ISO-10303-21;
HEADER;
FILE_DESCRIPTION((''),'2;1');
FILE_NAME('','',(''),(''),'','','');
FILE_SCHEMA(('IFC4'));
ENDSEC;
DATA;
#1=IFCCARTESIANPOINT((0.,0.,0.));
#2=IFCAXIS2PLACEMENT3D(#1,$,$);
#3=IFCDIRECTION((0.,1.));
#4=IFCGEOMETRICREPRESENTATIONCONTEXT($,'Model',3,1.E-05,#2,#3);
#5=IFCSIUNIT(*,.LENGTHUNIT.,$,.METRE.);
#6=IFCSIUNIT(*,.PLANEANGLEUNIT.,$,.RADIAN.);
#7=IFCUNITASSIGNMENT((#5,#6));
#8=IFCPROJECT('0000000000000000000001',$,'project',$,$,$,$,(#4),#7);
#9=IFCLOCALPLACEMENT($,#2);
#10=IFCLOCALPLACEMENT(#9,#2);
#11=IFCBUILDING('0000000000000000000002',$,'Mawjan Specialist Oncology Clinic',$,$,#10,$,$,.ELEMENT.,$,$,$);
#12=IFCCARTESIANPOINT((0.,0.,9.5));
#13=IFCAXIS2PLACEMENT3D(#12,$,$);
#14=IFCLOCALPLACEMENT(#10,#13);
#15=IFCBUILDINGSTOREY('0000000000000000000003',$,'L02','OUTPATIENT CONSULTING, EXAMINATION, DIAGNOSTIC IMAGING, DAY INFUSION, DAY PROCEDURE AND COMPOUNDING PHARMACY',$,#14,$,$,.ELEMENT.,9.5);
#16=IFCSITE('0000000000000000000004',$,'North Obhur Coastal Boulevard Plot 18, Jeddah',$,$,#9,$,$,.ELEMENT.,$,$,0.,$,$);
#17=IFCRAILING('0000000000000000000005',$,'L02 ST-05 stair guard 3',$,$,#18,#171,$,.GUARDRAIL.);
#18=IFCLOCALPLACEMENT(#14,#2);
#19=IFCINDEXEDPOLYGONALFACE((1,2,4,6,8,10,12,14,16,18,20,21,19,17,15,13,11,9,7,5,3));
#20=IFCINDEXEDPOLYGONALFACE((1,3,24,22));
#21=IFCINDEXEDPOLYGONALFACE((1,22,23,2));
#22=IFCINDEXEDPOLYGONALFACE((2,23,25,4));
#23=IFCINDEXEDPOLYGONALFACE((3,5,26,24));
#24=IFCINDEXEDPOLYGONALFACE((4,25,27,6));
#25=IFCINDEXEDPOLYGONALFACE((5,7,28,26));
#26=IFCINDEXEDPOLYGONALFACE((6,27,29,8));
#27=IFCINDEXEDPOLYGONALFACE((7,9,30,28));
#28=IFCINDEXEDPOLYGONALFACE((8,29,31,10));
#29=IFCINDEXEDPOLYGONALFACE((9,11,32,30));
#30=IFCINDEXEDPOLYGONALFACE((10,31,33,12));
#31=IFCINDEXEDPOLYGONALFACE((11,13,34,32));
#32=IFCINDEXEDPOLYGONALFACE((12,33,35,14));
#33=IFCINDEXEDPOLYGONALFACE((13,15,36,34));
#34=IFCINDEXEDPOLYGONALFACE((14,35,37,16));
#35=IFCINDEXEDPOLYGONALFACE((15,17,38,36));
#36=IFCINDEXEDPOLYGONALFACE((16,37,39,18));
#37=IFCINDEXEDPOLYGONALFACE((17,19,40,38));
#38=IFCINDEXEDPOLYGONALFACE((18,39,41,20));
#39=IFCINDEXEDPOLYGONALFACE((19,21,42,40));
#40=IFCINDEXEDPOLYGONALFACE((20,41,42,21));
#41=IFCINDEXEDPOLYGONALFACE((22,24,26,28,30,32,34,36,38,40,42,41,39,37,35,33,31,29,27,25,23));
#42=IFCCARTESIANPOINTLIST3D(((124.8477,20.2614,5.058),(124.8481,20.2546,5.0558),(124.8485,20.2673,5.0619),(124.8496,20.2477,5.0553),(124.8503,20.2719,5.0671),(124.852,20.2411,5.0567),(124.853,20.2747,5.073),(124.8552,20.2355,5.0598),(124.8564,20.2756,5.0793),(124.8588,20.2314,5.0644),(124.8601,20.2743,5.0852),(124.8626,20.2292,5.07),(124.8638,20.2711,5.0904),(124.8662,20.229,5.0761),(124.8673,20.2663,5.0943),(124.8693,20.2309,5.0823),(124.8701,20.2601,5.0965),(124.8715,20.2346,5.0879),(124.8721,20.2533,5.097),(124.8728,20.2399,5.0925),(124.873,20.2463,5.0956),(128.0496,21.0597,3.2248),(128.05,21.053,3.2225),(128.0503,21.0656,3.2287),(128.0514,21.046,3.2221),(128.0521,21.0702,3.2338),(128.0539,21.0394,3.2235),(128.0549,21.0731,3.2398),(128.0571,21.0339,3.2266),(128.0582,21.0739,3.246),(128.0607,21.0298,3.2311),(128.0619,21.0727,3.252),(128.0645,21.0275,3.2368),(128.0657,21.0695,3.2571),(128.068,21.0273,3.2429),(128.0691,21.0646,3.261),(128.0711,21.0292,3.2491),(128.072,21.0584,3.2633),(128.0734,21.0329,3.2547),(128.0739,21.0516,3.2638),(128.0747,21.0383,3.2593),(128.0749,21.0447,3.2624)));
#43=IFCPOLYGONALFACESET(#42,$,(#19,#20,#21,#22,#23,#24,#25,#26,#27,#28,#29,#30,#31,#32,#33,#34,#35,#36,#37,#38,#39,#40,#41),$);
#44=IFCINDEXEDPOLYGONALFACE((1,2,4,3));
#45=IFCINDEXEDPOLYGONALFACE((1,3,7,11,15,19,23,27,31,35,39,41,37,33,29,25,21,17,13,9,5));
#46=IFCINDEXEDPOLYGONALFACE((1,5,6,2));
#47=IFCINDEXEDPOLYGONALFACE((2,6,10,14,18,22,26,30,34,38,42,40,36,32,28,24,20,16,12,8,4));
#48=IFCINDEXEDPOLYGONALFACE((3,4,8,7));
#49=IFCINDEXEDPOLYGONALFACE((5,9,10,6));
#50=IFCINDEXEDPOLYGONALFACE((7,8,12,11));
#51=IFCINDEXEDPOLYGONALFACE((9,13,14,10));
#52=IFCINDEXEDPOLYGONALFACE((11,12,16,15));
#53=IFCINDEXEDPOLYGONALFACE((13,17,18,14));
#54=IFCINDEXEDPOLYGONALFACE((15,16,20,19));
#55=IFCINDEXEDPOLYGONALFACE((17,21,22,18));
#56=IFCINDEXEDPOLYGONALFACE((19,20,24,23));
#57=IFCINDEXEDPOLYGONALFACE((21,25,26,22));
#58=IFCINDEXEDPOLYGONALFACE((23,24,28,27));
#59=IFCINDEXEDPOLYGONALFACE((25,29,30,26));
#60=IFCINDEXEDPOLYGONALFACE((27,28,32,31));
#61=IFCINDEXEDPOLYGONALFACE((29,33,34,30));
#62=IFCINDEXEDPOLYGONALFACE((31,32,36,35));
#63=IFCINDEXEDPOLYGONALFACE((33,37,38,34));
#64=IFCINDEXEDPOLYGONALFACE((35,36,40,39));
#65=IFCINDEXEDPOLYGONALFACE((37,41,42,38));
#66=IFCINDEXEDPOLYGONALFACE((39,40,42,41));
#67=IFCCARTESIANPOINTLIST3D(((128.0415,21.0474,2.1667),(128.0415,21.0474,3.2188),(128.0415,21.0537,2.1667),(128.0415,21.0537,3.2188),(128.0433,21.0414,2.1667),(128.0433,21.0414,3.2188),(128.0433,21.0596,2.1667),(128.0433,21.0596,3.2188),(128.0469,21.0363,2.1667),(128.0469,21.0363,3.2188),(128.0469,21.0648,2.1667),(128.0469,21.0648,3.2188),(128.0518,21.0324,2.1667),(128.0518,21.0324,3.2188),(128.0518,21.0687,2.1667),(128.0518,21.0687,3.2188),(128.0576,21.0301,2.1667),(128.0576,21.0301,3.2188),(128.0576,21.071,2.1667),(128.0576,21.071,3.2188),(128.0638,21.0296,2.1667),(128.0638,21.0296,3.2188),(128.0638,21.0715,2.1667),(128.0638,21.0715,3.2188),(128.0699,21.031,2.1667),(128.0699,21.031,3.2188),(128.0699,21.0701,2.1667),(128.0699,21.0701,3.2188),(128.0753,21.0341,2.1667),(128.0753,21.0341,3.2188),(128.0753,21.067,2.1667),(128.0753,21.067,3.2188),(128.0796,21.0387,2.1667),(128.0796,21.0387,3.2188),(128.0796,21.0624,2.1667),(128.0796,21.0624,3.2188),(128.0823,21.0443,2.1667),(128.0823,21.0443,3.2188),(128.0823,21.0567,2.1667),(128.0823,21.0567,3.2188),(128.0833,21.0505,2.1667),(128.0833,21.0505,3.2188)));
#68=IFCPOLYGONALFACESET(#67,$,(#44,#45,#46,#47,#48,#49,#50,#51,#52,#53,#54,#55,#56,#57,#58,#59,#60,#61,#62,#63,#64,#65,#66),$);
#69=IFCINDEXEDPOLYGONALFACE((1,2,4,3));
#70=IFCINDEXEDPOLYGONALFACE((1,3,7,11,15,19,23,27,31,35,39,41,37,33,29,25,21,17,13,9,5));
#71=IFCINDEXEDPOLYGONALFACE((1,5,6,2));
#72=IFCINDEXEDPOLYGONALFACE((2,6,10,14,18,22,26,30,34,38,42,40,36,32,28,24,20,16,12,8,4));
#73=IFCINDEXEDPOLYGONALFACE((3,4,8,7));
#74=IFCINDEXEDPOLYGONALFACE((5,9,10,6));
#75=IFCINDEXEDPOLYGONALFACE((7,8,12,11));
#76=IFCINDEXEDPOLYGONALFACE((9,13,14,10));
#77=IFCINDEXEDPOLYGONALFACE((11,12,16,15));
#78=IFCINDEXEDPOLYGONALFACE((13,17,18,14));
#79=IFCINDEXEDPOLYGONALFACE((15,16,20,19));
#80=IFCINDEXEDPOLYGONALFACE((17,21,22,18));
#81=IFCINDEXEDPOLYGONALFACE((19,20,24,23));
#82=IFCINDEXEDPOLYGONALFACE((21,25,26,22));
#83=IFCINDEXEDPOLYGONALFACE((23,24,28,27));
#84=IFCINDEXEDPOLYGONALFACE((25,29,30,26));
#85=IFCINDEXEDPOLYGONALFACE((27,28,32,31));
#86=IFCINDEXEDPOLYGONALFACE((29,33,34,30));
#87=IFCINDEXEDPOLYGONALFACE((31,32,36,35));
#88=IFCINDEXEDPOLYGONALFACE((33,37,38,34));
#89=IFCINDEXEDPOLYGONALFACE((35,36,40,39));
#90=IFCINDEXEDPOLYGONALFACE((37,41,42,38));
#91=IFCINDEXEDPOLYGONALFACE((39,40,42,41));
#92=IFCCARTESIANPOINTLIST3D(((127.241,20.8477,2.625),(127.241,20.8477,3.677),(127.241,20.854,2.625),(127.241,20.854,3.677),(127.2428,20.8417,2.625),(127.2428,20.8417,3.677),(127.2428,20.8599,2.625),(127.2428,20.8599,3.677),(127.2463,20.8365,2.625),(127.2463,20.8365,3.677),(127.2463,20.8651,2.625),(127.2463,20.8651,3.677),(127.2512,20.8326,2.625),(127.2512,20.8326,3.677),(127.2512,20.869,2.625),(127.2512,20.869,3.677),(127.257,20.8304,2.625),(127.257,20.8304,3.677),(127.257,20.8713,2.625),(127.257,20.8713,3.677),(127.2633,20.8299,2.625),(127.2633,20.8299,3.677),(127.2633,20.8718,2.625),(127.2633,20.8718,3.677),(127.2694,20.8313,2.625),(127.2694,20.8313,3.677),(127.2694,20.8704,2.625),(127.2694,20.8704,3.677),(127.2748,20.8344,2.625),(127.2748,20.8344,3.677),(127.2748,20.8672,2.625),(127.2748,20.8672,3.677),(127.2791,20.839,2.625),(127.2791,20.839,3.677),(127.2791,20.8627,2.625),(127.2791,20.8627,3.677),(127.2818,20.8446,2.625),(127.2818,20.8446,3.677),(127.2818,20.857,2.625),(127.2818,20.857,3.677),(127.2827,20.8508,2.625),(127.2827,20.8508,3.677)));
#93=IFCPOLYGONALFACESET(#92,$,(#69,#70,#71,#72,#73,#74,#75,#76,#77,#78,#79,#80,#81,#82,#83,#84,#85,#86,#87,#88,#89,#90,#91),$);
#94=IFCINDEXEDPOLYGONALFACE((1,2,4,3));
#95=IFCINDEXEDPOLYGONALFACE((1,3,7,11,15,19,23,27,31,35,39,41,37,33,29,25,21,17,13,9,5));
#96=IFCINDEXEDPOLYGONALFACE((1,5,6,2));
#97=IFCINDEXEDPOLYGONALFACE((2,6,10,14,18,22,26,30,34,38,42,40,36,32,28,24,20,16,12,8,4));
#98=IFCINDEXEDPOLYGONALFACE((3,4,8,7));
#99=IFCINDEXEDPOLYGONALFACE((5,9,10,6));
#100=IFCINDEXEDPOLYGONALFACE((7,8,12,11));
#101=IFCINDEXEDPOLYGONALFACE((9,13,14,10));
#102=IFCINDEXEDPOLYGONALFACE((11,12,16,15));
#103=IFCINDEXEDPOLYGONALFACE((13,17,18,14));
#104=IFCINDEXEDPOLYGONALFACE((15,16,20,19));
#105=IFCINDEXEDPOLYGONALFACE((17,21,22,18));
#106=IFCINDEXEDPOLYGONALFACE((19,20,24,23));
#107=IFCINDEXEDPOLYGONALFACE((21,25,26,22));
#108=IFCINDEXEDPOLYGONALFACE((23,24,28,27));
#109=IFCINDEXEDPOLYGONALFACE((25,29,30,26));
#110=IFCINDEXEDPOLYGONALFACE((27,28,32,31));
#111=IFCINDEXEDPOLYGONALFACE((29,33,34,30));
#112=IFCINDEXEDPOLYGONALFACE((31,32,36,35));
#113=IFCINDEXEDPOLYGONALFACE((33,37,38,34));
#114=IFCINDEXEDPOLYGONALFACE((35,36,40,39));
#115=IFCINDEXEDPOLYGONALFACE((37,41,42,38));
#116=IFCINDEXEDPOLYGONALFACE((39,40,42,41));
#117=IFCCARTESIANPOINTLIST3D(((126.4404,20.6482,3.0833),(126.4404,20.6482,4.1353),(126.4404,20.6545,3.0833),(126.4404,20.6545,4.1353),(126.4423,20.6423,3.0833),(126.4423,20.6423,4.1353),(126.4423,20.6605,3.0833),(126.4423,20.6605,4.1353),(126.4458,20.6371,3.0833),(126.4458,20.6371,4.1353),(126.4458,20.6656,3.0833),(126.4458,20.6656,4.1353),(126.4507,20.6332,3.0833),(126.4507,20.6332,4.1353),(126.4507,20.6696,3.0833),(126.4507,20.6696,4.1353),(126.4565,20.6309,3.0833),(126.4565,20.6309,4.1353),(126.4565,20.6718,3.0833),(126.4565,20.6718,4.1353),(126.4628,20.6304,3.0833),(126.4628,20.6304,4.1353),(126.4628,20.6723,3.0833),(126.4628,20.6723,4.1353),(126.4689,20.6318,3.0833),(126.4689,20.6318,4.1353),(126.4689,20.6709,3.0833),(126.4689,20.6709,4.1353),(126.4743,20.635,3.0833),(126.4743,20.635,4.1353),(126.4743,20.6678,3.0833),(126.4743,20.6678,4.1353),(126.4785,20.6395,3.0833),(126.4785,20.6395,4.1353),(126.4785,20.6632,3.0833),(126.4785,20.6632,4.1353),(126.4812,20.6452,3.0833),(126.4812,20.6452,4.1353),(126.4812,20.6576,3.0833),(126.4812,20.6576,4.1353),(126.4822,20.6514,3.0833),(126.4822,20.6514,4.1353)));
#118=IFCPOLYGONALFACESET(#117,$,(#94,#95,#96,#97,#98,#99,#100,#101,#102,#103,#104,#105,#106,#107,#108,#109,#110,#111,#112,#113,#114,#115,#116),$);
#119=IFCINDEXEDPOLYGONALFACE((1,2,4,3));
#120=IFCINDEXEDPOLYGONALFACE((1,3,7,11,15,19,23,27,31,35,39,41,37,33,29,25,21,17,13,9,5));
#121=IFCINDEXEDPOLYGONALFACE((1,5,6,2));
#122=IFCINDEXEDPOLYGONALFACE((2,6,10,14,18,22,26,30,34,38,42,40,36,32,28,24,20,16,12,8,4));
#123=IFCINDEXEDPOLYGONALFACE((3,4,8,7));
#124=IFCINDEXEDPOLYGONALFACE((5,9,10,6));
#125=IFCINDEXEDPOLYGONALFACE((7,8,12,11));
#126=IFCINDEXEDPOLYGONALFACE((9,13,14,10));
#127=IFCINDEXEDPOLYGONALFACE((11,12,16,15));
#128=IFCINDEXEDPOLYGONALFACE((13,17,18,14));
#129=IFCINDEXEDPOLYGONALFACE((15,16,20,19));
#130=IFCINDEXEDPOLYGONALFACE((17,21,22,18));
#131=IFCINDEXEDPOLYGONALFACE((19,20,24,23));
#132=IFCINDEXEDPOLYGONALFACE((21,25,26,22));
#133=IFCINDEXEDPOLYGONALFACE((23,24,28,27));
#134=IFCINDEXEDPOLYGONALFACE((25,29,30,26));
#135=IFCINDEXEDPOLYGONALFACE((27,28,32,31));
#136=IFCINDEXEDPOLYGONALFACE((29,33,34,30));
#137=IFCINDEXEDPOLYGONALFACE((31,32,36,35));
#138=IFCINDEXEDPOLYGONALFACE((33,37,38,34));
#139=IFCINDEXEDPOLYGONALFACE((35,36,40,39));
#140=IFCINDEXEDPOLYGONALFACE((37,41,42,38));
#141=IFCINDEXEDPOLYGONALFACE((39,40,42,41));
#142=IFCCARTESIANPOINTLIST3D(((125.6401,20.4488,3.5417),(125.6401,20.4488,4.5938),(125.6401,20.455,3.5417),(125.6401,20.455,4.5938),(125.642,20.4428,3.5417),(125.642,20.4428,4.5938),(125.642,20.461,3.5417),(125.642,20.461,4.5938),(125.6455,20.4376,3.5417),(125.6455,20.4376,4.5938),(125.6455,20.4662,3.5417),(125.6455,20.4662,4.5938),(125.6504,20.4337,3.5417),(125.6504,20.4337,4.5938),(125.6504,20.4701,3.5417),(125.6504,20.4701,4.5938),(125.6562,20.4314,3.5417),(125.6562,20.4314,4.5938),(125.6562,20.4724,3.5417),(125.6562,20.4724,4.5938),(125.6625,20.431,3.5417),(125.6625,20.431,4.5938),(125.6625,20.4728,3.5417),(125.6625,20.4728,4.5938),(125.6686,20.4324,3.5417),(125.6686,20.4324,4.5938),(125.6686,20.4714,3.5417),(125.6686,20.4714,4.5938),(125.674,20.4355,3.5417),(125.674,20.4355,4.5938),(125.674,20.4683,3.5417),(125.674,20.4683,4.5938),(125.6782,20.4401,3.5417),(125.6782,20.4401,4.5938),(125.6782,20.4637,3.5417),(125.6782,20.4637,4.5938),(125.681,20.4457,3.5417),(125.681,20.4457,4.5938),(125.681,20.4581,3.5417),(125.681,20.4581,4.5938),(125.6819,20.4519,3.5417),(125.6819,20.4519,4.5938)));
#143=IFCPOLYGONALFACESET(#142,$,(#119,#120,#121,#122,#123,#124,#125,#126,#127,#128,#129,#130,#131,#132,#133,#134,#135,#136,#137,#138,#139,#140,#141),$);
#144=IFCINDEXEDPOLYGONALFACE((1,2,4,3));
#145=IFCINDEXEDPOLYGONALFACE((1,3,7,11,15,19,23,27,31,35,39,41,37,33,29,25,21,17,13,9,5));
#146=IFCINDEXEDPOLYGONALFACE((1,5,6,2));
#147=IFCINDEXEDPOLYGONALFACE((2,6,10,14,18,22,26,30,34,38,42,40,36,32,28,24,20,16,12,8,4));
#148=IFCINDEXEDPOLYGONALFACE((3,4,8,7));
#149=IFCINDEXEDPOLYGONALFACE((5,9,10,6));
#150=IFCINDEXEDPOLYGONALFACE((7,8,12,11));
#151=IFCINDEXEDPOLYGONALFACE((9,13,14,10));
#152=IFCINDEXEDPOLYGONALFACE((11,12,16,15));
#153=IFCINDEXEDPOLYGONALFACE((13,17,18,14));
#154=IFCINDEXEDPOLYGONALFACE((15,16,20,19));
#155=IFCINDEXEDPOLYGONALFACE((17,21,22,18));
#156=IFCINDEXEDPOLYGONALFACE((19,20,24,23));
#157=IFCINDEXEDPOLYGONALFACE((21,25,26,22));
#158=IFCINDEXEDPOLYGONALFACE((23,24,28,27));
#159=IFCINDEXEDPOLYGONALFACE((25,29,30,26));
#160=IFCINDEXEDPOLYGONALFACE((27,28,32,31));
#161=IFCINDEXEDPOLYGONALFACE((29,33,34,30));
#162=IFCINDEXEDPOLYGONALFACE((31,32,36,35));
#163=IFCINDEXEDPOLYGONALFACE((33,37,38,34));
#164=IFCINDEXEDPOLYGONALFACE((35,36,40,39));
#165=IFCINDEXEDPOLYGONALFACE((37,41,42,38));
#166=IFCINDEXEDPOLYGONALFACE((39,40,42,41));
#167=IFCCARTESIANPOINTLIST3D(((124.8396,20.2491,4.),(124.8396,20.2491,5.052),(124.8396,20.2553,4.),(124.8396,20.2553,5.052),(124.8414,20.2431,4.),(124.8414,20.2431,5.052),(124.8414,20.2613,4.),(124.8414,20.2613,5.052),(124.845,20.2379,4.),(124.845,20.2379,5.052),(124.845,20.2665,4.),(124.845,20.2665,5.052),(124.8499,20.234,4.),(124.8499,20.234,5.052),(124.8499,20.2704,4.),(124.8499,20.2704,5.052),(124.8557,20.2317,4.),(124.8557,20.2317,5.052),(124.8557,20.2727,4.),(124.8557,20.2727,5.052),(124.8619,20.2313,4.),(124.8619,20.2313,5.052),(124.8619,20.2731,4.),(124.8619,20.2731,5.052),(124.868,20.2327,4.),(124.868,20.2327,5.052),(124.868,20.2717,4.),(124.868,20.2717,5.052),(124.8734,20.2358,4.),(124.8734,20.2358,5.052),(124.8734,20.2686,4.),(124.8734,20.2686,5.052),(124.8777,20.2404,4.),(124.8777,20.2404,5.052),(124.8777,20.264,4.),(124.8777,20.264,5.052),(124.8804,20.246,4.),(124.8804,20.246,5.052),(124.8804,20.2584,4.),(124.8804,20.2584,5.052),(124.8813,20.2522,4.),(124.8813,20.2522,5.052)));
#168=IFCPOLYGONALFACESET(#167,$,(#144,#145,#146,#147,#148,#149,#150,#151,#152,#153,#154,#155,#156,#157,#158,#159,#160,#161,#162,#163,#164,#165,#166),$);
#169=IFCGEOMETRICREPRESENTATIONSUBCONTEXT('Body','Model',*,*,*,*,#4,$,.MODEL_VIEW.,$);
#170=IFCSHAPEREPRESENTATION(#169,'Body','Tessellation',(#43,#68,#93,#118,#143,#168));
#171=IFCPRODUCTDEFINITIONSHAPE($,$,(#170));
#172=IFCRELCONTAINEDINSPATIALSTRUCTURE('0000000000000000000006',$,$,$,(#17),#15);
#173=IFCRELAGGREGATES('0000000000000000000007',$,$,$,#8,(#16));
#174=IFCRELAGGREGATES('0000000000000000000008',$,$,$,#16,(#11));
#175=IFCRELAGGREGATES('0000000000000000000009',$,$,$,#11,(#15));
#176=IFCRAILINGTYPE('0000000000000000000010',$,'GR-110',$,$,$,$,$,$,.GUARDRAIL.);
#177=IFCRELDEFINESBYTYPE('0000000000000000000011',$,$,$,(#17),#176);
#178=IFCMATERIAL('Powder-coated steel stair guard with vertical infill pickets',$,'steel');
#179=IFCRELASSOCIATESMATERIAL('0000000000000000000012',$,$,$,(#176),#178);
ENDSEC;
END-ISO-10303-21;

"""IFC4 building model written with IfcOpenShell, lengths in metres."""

from ifc_helpers import new_model, si_unit, direction, frame, origin, origin_2d, place, context, subcontext, project, spatial, circle, extrude, material, type_object, element, save


model = new_model("IFC4")

# Units and contexts
model_context = context("Model", 3, precision=1e-05, world=origin(), true_north=direction((0.0, 1.0)))
body_context = subcontext(model_context, "Body", "Model", "MODEL_VIEW")
ifc_project = project(units=[si_unit("LENGTHUNIT", "METRE"), si_unit("PLANEANGLEUNIT", "RADIAN")], contexts=[model_context])

# Site, building, storey
site_placement = place(None, origin())
site = spatial("IfcSite", under=ifc_project, at=site_placement, Name="North Obhur Coastal Boulevard Plot 18, Jeddah", CompositionType="ELEMENT", RefElevation=0.0)
building_placement = place(site_placement, origin())
building = spatial("IfcBuilding", under=site, at=building_placement, Name="Mawjan Specialist Oncology Clinic", CompositionType="ELEMENT")
storey_placement = place(building_placement, frame((0.0, 0.0, 9.5)))
storey = spatial("IfcBuildingStorey", under=building, at=storey_placement, Name="L02", Description="OUTPATIENT CONSULTING, EXAMINATION, DIAGNOSTIC IMAGING, DAY INFUSION, DAY PROCEDURE AND COMPOUNDING PHARMACY", CompositionType="ELEMENT", Elevation=9.5)

# Railing
ifc_material_1 = material(Name="Powder-coated steel stair guard with vertical infill pickets", Category="steel")
railing_type_1 = type_object("IfcRailingType", Name="GR-110", PredefinedType="GUARDRAIL", material=ifc_material_1)
railing_1_placement = place(storey_placement, frame((128.0623, 21.0505, 2.1667)))
element("IfcRailing", 1, at=railing_1_placement, inside=storey, type_object=railing_type_1, Name="L02 ST-05 stair guard 3", PredefinedType="GUARDRAIL", context=body_context, shape_type="SweptSolid", body=[
    extrude(circle(Radius=0.0239, at=origin_2d()), frame((0.0, 0.0, 1.0762), z_axis=(-0.848195, -0.211483, 0.485634), x_axis=(0.241926, -0.970295, 0.0)), (0.0, 0.0, 1.0), 3.7749),
    extrude(circle(Radius=0.021, at=origin_2d()), origin(), (0.0, 0.0, 1.0), 1.052),
    extrude(circle(Radius=0.021, at=origin_2d()), frame((-0.8005, -0.1997, 0.4583)), (0.0, 0.0, 1.0), 1.052),
    extrude(circle(Radius=0.021, at=origin_2d()), frame((-1.6011, -0.3992, 0.9165)), (0.0, 0.0, 1.0), 1.052),
    extrude(circle(Radius=0.021, at=origin_2d()), frame((-2.4014, -0.5986, 1.375)), (0.0, 0.0, 1.0), 1.052),
    extrude(circle(Radius=0.021, at=origin_2d()), frame((-3.2019, -0.7983, 1.8333)), (0.0, 0.0, 1.0), 1.052),
])

save(model, "model.ifc")
